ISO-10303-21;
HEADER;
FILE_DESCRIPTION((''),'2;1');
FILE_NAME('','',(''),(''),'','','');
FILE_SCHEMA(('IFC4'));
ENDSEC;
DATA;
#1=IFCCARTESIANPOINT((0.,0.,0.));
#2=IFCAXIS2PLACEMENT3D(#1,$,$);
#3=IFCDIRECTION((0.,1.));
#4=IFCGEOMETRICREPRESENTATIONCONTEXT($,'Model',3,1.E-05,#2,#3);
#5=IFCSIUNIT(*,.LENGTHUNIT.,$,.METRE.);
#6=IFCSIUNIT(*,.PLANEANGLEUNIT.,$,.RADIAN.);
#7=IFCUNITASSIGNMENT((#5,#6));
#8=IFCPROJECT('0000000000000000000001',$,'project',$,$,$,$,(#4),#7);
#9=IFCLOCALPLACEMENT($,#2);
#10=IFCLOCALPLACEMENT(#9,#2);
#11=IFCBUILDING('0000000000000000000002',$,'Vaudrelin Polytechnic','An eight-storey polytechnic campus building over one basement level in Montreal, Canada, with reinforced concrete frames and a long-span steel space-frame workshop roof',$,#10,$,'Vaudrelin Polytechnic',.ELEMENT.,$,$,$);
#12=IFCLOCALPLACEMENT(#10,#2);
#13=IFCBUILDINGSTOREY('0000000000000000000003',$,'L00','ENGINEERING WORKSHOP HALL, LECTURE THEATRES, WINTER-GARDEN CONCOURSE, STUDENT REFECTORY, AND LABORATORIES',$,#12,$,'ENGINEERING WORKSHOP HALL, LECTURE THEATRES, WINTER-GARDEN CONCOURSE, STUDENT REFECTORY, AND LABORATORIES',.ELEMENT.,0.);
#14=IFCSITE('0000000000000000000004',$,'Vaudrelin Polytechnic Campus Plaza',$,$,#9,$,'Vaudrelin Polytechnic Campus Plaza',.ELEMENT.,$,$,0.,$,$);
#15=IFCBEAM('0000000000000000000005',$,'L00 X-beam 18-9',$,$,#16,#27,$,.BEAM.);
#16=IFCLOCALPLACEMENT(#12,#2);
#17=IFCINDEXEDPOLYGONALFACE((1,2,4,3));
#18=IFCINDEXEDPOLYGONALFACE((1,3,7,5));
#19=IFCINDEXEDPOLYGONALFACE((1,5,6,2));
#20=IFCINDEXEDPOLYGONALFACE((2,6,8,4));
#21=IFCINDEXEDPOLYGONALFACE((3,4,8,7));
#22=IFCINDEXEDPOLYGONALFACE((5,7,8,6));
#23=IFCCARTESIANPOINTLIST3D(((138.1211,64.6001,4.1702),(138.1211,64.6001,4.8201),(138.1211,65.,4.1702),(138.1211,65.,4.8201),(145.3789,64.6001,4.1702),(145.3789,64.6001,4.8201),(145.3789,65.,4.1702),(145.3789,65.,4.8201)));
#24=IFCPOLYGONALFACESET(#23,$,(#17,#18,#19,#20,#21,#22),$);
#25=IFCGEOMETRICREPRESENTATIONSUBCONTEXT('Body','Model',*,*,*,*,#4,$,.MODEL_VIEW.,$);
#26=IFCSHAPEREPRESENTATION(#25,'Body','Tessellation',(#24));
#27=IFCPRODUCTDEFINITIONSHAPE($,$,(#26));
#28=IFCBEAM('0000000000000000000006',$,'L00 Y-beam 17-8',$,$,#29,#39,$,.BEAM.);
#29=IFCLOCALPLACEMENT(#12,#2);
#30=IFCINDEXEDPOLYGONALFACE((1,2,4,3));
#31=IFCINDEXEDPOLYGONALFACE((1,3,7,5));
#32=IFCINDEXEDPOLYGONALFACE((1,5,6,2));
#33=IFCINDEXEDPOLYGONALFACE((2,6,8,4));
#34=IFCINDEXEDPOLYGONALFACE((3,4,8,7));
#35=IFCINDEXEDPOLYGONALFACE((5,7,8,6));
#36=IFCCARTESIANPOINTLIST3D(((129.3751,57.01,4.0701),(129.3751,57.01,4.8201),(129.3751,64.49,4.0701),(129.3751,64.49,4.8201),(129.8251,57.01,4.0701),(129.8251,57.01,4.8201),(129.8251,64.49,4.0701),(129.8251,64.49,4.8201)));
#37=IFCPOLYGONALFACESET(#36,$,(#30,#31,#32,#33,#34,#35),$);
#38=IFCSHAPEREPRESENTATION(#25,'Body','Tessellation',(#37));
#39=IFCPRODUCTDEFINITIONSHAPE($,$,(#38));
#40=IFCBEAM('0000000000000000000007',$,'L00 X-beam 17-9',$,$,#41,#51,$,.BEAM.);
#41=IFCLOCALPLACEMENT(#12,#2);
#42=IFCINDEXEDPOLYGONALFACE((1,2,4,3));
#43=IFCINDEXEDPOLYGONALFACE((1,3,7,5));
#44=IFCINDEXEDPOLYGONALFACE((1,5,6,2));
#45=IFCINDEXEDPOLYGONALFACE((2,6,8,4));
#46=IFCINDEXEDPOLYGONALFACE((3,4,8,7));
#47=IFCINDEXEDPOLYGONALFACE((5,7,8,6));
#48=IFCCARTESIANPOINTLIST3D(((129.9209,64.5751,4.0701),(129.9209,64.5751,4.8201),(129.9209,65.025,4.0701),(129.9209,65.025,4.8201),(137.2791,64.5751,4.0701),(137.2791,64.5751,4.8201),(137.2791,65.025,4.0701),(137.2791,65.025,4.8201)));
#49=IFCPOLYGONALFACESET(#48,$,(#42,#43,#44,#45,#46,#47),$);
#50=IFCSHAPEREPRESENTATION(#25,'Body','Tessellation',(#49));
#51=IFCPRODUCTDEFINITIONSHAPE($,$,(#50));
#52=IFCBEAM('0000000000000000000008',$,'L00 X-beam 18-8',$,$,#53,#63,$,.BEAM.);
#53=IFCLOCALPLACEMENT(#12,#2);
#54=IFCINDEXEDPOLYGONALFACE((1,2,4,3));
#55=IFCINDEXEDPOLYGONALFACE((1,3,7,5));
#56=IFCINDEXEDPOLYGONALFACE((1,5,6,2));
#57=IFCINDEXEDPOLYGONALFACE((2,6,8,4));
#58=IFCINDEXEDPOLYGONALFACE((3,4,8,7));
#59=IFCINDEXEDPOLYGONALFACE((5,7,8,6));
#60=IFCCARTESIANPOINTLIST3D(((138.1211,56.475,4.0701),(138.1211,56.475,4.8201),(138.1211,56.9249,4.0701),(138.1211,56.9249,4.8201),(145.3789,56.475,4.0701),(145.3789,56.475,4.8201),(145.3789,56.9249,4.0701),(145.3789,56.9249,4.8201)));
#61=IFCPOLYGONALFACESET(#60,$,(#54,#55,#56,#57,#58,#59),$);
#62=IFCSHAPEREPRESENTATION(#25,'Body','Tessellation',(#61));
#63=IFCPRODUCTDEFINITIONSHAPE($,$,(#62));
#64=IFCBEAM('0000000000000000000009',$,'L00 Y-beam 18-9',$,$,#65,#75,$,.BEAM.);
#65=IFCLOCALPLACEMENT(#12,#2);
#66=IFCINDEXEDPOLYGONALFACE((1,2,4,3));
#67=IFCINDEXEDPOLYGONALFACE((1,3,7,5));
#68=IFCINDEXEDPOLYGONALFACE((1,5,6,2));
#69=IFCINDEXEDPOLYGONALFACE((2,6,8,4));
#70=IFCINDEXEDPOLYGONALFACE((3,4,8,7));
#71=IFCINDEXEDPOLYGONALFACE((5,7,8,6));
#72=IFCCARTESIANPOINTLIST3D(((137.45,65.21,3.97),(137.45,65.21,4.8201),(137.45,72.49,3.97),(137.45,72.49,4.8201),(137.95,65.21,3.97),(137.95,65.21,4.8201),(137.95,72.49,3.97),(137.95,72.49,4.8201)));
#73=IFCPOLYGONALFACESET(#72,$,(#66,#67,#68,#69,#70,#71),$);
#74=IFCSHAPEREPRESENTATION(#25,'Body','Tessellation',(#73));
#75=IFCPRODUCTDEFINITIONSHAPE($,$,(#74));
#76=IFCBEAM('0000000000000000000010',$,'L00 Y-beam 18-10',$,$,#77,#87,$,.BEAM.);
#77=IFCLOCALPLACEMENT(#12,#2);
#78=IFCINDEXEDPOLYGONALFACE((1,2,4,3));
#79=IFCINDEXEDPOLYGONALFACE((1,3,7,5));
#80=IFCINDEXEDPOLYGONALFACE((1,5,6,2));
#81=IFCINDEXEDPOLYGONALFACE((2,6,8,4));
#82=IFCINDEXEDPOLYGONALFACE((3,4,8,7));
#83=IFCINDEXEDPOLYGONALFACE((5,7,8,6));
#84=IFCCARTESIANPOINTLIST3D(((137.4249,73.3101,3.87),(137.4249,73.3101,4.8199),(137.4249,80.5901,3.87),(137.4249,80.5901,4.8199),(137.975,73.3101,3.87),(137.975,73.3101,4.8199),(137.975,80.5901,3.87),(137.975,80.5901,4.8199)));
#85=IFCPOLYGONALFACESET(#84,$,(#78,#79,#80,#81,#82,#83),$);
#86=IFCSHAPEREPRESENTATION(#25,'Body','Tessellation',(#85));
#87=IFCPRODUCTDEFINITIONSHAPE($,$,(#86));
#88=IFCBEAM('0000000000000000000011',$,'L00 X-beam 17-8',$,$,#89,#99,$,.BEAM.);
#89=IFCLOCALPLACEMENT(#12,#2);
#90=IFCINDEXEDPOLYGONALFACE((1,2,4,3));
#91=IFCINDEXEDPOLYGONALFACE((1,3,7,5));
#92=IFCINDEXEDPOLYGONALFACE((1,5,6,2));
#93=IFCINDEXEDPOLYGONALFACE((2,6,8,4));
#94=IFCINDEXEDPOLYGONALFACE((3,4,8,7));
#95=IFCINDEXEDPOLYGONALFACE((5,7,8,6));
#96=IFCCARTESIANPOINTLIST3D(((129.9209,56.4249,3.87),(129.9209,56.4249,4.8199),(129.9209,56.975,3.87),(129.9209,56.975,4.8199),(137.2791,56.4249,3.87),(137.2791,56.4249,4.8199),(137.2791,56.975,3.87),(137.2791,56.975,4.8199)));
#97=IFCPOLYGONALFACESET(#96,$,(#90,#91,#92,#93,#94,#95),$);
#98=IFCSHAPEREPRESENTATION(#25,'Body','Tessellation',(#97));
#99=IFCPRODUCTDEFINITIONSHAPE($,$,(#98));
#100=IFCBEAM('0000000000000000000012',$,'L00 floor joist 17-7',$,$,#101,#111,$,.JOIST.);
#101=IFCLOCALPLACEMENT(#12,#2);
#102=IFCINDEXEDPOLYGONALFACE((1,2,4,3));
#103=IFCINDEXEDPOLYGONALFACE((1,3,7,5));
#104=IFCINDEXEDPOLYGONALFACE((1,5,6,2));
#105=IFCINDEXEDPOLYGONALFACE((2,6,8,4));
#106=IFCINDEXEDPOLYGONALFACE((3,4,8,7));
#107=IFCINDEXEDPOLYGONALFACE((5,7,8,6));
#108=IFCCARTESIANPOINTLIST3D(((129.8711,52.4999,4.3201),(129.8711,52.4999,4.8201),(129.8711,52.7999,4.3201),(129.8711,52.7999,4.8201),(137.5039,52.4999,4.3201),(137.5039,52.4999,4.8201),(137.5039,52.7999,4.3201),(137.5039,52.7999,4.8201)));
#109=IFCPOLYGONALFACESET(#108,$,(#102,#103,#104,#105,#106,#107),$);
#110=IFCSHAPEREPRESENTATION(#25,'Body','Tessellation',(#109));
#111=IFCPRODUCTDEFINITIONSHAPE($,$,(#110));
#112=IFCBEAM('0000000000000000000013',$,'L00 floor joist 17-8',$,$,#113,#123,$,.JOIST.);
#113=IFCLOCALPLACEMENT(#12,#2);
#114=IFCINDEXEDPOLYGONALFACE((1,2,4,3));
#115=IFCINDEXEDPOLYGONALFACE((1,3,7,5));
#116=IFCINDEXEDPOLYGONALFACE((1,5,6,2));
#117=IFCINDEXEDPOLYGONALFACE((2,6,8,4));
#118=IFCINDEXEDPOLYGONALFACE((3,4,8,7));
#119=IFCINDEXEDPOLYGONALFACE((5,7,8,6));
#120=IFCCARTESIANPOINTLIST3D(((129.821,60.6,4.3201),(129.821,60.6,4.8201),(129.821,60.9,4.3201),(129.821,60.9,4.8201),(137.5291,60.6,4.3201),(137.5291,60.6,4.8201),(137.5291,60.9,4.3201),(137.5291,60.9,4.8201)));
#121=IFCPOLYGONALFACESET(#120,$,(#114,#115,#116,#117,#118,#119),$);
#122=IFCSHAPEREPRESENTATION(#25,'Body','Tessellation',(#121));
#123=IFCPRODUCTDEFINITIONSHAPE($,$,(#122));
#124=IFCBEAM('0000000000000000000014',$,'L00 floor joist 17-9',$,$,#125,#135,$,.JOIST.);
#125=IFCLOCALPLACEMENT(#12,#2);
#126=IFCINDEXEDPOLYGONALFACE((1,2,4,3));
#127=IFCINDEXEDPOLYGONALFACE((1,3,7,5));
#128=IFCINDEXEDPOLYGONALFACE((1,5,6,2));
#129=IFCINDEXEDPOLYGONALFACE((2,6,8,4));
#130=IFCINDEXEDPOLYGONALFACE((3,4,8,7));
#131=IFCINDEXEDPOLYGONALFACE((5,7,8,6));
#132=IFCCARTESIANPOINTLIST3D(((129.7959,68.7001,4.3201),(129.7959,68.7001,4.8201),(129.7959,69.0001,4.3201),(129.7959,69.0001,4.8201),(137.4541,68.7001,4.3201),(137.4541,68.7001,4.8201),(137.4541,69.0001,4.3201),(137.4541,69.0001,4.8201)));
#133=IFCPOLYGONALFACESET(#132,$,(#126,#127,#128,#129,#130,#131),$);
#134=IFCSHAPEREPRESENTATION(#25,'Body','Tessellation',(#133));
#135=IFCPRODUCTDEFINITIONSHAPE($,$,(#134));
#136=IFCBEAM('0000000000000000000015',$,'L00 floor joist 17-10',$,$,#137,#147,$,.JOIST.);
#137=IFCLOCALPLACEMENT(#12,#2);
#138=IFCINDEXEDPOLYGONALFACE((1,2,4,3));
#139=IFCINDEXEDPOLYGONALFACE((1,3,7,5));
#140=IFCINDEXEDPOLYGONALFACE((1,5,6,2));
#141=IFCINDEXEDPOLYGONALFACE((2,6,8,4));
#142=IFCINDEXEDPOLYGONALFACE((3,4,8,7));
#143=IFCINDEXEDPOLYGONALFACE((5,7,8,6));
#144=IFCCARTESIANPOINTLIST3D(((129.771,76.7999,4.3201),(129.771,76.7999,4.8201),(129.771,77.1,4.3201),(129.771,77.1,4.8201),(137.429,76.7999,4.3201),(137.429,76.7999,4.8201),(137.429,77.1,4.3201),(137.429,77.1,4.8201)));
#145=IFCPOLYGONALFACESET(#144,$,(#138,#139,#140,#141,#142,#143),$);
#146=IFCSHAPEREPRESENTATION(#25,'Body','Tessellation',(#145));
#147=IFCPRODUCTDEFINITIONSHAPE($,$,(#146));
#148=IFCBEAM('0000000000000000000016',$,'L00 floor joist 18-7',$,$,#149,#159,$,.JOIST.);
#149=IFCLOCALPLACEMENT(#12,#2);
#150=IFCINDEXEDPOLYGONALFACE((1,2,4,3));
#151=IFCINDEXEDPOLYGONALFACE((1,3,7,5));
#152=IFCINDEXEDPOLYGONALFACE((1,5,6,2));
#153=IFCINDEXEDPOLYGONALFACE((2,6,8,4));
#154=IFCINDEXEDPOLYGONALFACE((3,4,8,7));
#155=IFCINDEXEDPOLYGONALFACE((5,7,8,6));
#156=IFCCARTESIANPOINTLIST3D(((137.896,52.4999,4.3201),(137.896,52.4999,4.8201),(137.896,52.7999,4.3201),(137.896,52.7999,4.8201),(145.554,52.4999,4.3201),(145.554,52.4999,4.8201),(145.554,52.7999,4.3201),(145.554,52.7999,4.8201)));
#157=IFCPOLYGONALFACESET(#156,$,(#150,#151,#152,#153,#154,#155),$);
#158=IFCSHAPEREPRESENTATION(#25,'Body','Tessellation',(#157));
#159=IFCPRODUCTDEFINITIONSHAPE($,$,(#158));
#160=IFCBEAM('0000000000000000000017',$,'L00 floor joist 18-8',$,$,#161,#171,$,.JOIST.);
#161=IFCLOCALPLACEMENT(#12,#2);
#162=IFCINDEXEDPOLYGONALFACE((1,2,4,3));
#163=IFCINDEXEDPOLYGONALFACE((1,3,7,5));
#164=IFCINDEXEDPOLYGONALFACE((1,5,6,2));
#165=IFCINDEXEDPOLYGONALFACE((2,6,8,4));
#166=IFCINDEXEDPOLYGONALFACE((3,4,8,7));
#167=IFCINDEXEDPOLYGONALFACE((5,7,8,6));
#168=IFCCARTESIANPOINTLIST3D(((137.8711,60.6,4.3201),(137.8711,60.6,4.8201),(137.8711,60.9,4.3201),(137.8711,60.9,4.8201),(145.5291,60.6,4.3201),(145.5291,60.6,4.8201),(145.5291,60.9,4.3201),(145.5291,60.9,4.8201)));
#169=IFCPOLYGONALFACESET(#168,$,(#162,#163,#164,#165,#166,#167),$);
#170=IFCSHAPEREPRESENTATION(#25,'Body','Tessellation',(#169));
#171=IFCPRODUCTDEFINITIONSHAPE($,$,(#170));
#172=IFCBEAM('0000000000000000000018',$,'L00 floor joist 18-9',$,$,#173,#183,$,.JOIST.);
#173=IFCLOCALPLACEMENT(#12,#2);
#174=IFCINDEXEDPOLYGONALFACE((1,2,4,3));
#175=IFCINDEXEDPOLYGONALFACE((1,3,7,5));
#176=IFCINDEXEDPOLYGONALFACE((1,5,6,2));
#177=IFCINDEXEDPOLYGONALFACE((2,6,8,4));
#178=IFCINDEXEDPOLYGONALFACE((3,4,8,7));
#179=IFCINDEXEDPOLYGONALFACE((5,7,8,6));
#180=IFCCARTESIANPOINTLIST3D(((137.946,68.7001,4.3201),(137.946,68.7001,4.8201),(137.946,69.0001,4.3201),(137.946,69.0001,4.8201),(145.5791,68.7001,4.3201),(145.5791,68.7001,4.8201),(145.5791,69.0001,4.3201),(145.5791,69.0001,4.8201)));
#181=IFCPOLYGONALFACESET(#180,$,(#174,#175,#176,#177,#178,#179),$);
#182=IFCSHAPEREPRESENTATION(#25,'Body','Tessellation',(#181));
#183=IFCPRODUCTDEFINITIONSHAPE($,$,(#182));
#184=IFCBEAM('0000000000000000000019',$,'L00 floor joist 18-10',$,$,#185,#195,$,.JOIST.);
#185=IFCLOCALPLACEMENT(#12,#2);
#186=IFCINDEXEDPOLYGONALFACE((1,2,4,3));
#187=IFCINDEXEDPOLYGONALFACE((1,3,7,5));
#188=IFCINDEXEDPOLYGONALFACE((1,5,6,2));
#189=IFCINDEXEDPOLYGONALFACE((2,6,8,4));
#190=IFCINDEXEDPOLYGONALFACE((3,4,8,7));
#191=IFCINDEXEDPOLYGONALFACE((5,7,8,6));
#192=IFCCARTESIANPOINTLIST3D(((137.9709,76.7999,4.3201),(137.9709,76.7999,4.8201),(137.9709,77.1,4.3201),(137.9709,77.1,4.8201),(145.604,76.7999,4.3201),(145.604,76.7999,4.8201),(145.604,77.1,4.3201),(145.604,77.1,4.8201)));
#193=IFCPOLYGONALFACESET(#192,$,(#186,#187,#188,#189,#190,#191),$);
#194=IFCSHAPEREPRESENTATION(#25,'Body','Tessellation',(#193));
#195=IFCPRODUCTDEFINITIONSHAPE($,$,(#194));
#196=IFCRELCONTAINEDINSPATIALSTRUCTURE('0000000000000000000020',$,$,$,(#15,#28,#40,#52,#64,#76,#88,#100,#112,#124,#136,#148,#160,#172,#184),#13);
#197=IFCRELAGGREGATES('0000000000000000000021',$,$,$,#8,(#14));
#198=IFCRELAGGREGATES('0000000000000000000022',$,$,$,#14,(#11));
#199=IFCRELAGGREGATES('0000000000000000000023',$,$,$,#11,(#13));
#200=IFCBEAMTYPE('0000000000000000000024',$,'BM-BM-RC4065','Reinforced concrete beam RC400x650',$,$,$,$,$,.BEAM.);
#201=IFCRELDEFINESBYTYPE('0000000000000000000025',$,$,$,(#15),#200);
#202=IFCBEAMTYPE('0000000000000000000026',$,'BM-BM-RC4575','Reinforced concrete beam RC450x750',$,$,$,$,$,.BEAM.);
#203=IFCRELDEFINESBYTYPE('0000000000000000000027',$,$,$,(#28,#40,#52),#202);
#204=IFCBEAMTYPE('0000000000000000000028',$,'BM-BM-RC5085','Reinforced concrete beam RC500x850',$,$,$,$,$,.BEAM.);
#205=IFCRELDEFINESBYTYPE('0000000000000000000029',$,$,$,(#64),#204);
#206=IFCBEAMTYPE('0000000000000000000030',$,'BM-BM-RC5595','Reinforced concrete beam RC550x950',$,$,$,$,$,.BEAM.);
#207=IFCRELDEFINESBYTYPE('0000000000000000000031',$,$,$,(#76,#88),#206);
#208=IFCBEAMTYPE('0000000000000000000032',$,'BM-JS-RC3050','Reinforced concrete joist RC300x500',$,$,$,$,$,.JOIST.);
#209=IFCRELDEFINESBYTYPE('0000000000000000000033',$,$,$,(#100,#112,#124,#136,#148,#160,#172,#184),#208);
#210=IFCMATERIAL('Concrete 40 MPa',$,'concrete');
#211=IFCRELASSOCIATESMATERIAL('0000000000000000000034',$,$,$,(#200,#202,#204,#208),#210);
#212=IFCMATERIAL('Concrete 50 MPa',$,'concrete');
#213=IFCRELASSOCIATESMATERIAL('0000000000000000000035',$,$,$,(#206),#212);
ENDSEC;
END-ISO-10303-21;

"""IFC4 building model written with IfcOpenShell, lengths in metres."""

from ifc_helpers import new_model, si_unit, direction, frame, origin, origin_2d, place, context, subcontext, project, spatial, rectangle, extrude, material, material_profile, profile_set, type_object, element, save


model = new_model("IFC4")

# Units and contexts
model_context = context("Model", 3, precision=1e-05, world=origin(), true_north=direction((0.0, 1.0)))
body_context = subcontext(model_context, "Body", "Model", "MODEL_VIEW")
ifc_project = project(units=[si_unit("LENGTHUNIT", "METRE"), si_unit("PLANEANGLEUNIT", "RADIAN")], contexts=[model_context])

# Site, building, storey
site_placement = place(None, origin())
site = spatial("IfcSite", under=ifc_project, at=site_placement, Name="Vaudrelin Polytechnic Campus Plaza", LongName="Vaudrelin Polytechnic Campus Plaza", CompositionType="ELEMENT", RefElevation=0.0)
building_placement = place(site_placement, origin())
building = spatial("IfcBuilding", under=site, at=building_placement, Name="Vaudrelin Polytechnic", Description="An eight-storey polytechnic campus building over one basement level in Montreal, Canada, with reinforced concrete frames and a long-span steel space-frame workshop roof", LongName="Vaudrelin Polytechnic", CompositionType="ELEMENT")
storey_placement = place(building_placement, origin())
storey = spatial("IfcBuildingStorey", under=building, at=storey_placement, Name="L00", Description="ENGINEERING WORKSHOP HALL, LECTURE THEATRES, WINTER-GARDEN CONCOURSE, STUDENT REFECTORY, AND LABORATORIES", LongName="ENGINEERING WORKSHOP HALL, LECTURE THEATRES, WINTER-GARDEN CONCOURSE, STUDENT REFECTORY, AND LABORATORIES", CompositionType="ELEMENT", Elevation=0.0)

# Shared definitions
ifc_material_1 = material(Name="Concrete 40 MPa", Category="concrete")
ifc_material_2 = material(Name="Concrete 50 MPa", Category="concrete")

# Beams
ifc_material_profile_1 = material_profile(ifc_material_1, rectangle(XDim=0.3999, YDim=0.6499, at=origin_2d()), Name="RC400x650")
ifc_profile_set_1 = profile_set([ifc_material_profile_1], Name="Concrete 40 MPa")
beam_type_1 = type_object("IfcBeamType", Name="BM-BM-RC4065", Description="Reinforced concrete beam RC400x650", PredefinedType="BEAM", material=ifc_profile_set_1)
beam_1_placement = place(storey_placement, frame((138.1211, 64.8, 4.4951), z_axis=(1.0, 0.0, 0.0), x_axis=(0.0, 1.0, 0.0)))
element("IfcBeam", 1, at=beam_1_placement, inside=storey, type_object=beam_type_1, Name="L00 X-beam 18-9", PredefinedType="BEAM", context=body_context, shape_type="SweptSolid", body=[
    extrude(rectangle(XDim=0.3999, YDim=0.6499, at=origin_2d()), origin(), (0.0, 0.0, 1.0), 7.2578),
])
ifc_material_profile_2 = material_profile(ifc_material_1, rectangle(XDim=0.45, YDim=0.75, at=origin_2d()), Name="RC450x750")
ifc_profile_set_2 = profile_set([ifc_material_profile_2], Name="Concrete 40 MPa")
beam_type_2 = type_object("IfcBeamType", Name="BM-BM-RC4575", Description="Reinforced concrete beam RC450x750", PredefinedType="BEAM", material=ifc_profile_set_2)
beam_2_placement = place(storey_placement, frame((129.6001, 57.01, 4.4451), z_axis=(0.0, 1.0, 0.0), x_axis=(-1.0, 0.0, 0.0)))
element("IfcBeam", 2, at=beam_2_placement, inside=storey, type_object=beam_type_2, Name="L00 Y-beam 17-8", PredefinedType="BEAM", context=body_context, shape_type="SweptSolid", body=[
    extrude(rectangle(XDim=0.45, YDim=0.75, at=origin_2d()), origin(), (0.0, 0.0, 1.0), 7.48),
])
beam_3_placement = place(storey_placement, frame((129.9209, 64.8, 4.4451), z_axis=(1.0, 0.0, 0.0), x_axis=(0.0, 1.0, 0.0)))
element("IfcBeam", 3, at=beam_3_placement, inside=storey, type_object=beam_type_2, Name="L00 X-beam 17-9", PredefinedType="BEAM", context=body_context, shape_type="SweptSolid", body=[
    extrude(rectangle(XDim=0.45, YDim=0.75, at=origin_2d()), origin(), (0.0, 0.0, 1.0), 7.3582),
])
beam_4_placement = place(storey_placement, frame((138.1211, 56.7, 4.4451), z_axis=(1.0, 0.0, 0.0), x_axis=(0.0, 1.0, 0.0)))
element("IfcBeam", 4, at=beam_4_placement, inside=storey, type_object=beam_type_2, Name="L00 X-beam 18-8", PredefinedType="BEAM", context=body_context, shape_type="SweptSolid", body=[
    extrude(rectangle(XDim=0.45, YDim=0.75, at=origin_2d()), origin(), (0.0, 0.0, 1.0), 7.2578),
])
ifc_material_profile_3 = material_profile(ifc_material_1, rectangle(XDim=0.5, YDim=0.8501, at=origin_2d()), Name="RC500x850")
ifc_profile_set_3 = profile_set([ifc_material_profile_3], Name="Concrete 40 MPa")
beam_type_3 = type_object("IfcBeamType", Name="BM-BM-RC5085", Description="Reinforced concrete beam RC500x850", PredefinedType="BEAM", material=ifc_profile_set_3)
beam_5_placement = place(storey_placement, frame((137.7, 65.21, 4.395), z_axis=(0.0, 1.0, 0.0), x_axis=(-1.0, 0.0, 0.0)))
element("IfcBeam", 5, at=beam_5_placement, inside=storey, type_object=beam_type_3, Name="L00 Y-beam 18-9", PredefinedType="BEAM", context=body_context, shape_type="SweptSolid", body=[
    extrude(rectangle(XDim=0.5, YDim=0.8501, at=origin_2d()), origin(), (0.0, 0.0, 1.0), 7.28),
])
ifc_material_profile_4 = material_profile(ifc_material_2, rectangle(XDim=0.55, YDim=0.95, at=origin_2d()), Name="RC550x950")
ifc_profile_set_4 = profile_set([ifc_material_profile_4], Name="Concrete 50 MPa")
beam_type_4 = type_object("IfcBeamType", Name="BM-BM-RC5595", Description="Reinforced concrete beam RC550x950", PredefinedType="BEAM", material=ifc_profile_set_4)
beam_6_placement = place(storey_placement, frame((137.7, 73.3101, 4.345), z_axis=(0.0, 1.0, 0.0), x_axis=(-1.0, 0.0, 0.0)))
element("IfcBeam", 6, at=beam_6_placement, inside=storey, type_object=beam_type_4, Name="L00 Y-beam 18-10", PredefinedType="BEAM", context=body_context, shape_type="SweptSolid", body=[
    extrude(rectangle(XDim=0.55, YDim=0.95, at=origin_2d()), origin(), (0.0, 0.0, 1.0), 7.28),
])
beam_7_placement = place(storey_placement, frame((129.9209, 56.7, 4.345), z_axis=(1.0, 0.0, 0.0), x_axis=(0.0, 1.0, 0.0)))
element("IfcBeam", 7, at=beam_7_placement, inside=storey, type_object=beam_type_4, Name="L00 X-beam 17-8", PredefinedType="BEAM", context=body_context, shape_type="SweptSolid", body=[
    extrude(rectangle(XDim=0.55, YDim=0.95, at=origin_2d()), origin(), (0.0, 0.0, 1.0), 7.3582),
])
ifc_material_profile_5 = material_profile(ifc_material_1, rectangle(XDim=0.3, YDim=0.5, at=origin_2d()), Name="RC300x500")
ifc_profile_set_5 = profile_set([ifc_material_profile_5], Name="Concrete 40 MPa")
beam_type_5 = type_object("IfcBeamType", Name="BM-JS-RC3050", Description="Reinforced concrete joist RC300x500", PredefinedType="JOIST", material=ifc_profile_set_5)
beam_8_placement = place(storey_placement, frame((129.8711, 52.6499, 4.5701), z_axis=(1.0, 0.0, 0.0), x_axis=(0.0, 1.0, 0.0)))
element("IfcBeam", 8, at=beam_8_placement, inside=storey, type_object=beam_type_5, Name="L00 floor joist 17-7", PredefinedType="JOIST", context=body_context, shape_type="SweptSolid", body=[
    extrude(rectangle(XDim=0.3, YDim=0.5, at=origin_2d()), origin(), (0.0, 0.0, 1.0), 7.6328),
])
beam_9_placement = place(storey_placement, frame((129.821, 60.75, 4.5701), z_axis=(1.0, 0.0, 0.0), x_axis=(0.0, 1.0, 0.0)))
element("IfcBeam", 9, at=beam_9_placement, inside=storey, type_object=beam_type_5, Name="L00 floor joist 17-8", PredefinedType="JOIST", context=body_context, shape_type="SweptSolid", body=[
    extrude(rectangle(XDim=0.3, YDim=0.5, at=origin_2d()), origin(), (0.0, 0.0, 1.0), 7.708),
])
beam_10_placement = place(storey_placement, frame((129.7959, 68.8501, 4.5701), z_axis=(1.0, 0.0, 0.0), x_axis=(0.0, 1.0, 0.0)))
element("IfcBeam", 10, at=beam_10_placement, inside=storey, type_object=beam_type_5, Name="L00 floor joist 17-9", PredefinedType="JOIST", context=body_context, shape_type="SweptSolid", body=[
    extrude(rectangle(XDim=0.3, YDim=0.5, at=origin_2d()), origin(), (0.0, 0.0, 1.0), 7.6582),
])
for number, where, z_axis, x_axis, name in (
    (11, (129.771, 76.95, 4.5701), (1.0, 0.0, 0.0), (0.0, 1.0, 0.0), "L00 floor joist 17-10"),
    (12, (137.896, 52.6499, 4.5701), (1.0, 0.0, 0.0), (0.0, 1.0, 0.0), "L00 floor joist 18-7"),
    (13, (137.8711, 60.75, 4.5701), (1.0, 0.0, 0.0), (0.0, 1.0, 0.0), "L00 floor joist 18-8"),
):
    element("IfcBeam", number, at=place(storey_placement, frame(where, z_axis=z_axis, x_axis=x_axis)), inside=storey, type_object=beam_type_5, Name=name, PredefinedType="JOIST", context=body_context, shape_type="SweptSolid", body=[
        extrude(rectangle(XDim=0.3, YDim=0.5, at=origin_2d()), origin(), (0.0, 0.0, 1.0), 7.658),
    ])
for number, where, z_axis, x_axis, name in (
    (14, (137.946, 68.8501, 4.5701), (1.0, 0.0, 0.0), (0.0, 1.0, 0.0), "L00 floor joist 18-9"),
    (15, (137.9709, 76.95, 4.5701), (1.0, 0.0, 0.0), (0.0, 1.0, 0.0), "L00 floor joist 18-10"),
):
    element("IfcBeam", number, at=place(storey_placement, frame(where, z_axis=z_axis, x_axis=x_axis)), inside=storey, type_object=beam_type_5, Name=name, PredefinedType="JOIST", context=body_context, shape_type="SweptSolid", body=[
        extrude(rectangle(XDim=0.3, YDim=0.5, at=origin_2d()), origin(), (0.0, 0.0, 1.0), 7.6331),
    ])

save(model, "model.ifc")
